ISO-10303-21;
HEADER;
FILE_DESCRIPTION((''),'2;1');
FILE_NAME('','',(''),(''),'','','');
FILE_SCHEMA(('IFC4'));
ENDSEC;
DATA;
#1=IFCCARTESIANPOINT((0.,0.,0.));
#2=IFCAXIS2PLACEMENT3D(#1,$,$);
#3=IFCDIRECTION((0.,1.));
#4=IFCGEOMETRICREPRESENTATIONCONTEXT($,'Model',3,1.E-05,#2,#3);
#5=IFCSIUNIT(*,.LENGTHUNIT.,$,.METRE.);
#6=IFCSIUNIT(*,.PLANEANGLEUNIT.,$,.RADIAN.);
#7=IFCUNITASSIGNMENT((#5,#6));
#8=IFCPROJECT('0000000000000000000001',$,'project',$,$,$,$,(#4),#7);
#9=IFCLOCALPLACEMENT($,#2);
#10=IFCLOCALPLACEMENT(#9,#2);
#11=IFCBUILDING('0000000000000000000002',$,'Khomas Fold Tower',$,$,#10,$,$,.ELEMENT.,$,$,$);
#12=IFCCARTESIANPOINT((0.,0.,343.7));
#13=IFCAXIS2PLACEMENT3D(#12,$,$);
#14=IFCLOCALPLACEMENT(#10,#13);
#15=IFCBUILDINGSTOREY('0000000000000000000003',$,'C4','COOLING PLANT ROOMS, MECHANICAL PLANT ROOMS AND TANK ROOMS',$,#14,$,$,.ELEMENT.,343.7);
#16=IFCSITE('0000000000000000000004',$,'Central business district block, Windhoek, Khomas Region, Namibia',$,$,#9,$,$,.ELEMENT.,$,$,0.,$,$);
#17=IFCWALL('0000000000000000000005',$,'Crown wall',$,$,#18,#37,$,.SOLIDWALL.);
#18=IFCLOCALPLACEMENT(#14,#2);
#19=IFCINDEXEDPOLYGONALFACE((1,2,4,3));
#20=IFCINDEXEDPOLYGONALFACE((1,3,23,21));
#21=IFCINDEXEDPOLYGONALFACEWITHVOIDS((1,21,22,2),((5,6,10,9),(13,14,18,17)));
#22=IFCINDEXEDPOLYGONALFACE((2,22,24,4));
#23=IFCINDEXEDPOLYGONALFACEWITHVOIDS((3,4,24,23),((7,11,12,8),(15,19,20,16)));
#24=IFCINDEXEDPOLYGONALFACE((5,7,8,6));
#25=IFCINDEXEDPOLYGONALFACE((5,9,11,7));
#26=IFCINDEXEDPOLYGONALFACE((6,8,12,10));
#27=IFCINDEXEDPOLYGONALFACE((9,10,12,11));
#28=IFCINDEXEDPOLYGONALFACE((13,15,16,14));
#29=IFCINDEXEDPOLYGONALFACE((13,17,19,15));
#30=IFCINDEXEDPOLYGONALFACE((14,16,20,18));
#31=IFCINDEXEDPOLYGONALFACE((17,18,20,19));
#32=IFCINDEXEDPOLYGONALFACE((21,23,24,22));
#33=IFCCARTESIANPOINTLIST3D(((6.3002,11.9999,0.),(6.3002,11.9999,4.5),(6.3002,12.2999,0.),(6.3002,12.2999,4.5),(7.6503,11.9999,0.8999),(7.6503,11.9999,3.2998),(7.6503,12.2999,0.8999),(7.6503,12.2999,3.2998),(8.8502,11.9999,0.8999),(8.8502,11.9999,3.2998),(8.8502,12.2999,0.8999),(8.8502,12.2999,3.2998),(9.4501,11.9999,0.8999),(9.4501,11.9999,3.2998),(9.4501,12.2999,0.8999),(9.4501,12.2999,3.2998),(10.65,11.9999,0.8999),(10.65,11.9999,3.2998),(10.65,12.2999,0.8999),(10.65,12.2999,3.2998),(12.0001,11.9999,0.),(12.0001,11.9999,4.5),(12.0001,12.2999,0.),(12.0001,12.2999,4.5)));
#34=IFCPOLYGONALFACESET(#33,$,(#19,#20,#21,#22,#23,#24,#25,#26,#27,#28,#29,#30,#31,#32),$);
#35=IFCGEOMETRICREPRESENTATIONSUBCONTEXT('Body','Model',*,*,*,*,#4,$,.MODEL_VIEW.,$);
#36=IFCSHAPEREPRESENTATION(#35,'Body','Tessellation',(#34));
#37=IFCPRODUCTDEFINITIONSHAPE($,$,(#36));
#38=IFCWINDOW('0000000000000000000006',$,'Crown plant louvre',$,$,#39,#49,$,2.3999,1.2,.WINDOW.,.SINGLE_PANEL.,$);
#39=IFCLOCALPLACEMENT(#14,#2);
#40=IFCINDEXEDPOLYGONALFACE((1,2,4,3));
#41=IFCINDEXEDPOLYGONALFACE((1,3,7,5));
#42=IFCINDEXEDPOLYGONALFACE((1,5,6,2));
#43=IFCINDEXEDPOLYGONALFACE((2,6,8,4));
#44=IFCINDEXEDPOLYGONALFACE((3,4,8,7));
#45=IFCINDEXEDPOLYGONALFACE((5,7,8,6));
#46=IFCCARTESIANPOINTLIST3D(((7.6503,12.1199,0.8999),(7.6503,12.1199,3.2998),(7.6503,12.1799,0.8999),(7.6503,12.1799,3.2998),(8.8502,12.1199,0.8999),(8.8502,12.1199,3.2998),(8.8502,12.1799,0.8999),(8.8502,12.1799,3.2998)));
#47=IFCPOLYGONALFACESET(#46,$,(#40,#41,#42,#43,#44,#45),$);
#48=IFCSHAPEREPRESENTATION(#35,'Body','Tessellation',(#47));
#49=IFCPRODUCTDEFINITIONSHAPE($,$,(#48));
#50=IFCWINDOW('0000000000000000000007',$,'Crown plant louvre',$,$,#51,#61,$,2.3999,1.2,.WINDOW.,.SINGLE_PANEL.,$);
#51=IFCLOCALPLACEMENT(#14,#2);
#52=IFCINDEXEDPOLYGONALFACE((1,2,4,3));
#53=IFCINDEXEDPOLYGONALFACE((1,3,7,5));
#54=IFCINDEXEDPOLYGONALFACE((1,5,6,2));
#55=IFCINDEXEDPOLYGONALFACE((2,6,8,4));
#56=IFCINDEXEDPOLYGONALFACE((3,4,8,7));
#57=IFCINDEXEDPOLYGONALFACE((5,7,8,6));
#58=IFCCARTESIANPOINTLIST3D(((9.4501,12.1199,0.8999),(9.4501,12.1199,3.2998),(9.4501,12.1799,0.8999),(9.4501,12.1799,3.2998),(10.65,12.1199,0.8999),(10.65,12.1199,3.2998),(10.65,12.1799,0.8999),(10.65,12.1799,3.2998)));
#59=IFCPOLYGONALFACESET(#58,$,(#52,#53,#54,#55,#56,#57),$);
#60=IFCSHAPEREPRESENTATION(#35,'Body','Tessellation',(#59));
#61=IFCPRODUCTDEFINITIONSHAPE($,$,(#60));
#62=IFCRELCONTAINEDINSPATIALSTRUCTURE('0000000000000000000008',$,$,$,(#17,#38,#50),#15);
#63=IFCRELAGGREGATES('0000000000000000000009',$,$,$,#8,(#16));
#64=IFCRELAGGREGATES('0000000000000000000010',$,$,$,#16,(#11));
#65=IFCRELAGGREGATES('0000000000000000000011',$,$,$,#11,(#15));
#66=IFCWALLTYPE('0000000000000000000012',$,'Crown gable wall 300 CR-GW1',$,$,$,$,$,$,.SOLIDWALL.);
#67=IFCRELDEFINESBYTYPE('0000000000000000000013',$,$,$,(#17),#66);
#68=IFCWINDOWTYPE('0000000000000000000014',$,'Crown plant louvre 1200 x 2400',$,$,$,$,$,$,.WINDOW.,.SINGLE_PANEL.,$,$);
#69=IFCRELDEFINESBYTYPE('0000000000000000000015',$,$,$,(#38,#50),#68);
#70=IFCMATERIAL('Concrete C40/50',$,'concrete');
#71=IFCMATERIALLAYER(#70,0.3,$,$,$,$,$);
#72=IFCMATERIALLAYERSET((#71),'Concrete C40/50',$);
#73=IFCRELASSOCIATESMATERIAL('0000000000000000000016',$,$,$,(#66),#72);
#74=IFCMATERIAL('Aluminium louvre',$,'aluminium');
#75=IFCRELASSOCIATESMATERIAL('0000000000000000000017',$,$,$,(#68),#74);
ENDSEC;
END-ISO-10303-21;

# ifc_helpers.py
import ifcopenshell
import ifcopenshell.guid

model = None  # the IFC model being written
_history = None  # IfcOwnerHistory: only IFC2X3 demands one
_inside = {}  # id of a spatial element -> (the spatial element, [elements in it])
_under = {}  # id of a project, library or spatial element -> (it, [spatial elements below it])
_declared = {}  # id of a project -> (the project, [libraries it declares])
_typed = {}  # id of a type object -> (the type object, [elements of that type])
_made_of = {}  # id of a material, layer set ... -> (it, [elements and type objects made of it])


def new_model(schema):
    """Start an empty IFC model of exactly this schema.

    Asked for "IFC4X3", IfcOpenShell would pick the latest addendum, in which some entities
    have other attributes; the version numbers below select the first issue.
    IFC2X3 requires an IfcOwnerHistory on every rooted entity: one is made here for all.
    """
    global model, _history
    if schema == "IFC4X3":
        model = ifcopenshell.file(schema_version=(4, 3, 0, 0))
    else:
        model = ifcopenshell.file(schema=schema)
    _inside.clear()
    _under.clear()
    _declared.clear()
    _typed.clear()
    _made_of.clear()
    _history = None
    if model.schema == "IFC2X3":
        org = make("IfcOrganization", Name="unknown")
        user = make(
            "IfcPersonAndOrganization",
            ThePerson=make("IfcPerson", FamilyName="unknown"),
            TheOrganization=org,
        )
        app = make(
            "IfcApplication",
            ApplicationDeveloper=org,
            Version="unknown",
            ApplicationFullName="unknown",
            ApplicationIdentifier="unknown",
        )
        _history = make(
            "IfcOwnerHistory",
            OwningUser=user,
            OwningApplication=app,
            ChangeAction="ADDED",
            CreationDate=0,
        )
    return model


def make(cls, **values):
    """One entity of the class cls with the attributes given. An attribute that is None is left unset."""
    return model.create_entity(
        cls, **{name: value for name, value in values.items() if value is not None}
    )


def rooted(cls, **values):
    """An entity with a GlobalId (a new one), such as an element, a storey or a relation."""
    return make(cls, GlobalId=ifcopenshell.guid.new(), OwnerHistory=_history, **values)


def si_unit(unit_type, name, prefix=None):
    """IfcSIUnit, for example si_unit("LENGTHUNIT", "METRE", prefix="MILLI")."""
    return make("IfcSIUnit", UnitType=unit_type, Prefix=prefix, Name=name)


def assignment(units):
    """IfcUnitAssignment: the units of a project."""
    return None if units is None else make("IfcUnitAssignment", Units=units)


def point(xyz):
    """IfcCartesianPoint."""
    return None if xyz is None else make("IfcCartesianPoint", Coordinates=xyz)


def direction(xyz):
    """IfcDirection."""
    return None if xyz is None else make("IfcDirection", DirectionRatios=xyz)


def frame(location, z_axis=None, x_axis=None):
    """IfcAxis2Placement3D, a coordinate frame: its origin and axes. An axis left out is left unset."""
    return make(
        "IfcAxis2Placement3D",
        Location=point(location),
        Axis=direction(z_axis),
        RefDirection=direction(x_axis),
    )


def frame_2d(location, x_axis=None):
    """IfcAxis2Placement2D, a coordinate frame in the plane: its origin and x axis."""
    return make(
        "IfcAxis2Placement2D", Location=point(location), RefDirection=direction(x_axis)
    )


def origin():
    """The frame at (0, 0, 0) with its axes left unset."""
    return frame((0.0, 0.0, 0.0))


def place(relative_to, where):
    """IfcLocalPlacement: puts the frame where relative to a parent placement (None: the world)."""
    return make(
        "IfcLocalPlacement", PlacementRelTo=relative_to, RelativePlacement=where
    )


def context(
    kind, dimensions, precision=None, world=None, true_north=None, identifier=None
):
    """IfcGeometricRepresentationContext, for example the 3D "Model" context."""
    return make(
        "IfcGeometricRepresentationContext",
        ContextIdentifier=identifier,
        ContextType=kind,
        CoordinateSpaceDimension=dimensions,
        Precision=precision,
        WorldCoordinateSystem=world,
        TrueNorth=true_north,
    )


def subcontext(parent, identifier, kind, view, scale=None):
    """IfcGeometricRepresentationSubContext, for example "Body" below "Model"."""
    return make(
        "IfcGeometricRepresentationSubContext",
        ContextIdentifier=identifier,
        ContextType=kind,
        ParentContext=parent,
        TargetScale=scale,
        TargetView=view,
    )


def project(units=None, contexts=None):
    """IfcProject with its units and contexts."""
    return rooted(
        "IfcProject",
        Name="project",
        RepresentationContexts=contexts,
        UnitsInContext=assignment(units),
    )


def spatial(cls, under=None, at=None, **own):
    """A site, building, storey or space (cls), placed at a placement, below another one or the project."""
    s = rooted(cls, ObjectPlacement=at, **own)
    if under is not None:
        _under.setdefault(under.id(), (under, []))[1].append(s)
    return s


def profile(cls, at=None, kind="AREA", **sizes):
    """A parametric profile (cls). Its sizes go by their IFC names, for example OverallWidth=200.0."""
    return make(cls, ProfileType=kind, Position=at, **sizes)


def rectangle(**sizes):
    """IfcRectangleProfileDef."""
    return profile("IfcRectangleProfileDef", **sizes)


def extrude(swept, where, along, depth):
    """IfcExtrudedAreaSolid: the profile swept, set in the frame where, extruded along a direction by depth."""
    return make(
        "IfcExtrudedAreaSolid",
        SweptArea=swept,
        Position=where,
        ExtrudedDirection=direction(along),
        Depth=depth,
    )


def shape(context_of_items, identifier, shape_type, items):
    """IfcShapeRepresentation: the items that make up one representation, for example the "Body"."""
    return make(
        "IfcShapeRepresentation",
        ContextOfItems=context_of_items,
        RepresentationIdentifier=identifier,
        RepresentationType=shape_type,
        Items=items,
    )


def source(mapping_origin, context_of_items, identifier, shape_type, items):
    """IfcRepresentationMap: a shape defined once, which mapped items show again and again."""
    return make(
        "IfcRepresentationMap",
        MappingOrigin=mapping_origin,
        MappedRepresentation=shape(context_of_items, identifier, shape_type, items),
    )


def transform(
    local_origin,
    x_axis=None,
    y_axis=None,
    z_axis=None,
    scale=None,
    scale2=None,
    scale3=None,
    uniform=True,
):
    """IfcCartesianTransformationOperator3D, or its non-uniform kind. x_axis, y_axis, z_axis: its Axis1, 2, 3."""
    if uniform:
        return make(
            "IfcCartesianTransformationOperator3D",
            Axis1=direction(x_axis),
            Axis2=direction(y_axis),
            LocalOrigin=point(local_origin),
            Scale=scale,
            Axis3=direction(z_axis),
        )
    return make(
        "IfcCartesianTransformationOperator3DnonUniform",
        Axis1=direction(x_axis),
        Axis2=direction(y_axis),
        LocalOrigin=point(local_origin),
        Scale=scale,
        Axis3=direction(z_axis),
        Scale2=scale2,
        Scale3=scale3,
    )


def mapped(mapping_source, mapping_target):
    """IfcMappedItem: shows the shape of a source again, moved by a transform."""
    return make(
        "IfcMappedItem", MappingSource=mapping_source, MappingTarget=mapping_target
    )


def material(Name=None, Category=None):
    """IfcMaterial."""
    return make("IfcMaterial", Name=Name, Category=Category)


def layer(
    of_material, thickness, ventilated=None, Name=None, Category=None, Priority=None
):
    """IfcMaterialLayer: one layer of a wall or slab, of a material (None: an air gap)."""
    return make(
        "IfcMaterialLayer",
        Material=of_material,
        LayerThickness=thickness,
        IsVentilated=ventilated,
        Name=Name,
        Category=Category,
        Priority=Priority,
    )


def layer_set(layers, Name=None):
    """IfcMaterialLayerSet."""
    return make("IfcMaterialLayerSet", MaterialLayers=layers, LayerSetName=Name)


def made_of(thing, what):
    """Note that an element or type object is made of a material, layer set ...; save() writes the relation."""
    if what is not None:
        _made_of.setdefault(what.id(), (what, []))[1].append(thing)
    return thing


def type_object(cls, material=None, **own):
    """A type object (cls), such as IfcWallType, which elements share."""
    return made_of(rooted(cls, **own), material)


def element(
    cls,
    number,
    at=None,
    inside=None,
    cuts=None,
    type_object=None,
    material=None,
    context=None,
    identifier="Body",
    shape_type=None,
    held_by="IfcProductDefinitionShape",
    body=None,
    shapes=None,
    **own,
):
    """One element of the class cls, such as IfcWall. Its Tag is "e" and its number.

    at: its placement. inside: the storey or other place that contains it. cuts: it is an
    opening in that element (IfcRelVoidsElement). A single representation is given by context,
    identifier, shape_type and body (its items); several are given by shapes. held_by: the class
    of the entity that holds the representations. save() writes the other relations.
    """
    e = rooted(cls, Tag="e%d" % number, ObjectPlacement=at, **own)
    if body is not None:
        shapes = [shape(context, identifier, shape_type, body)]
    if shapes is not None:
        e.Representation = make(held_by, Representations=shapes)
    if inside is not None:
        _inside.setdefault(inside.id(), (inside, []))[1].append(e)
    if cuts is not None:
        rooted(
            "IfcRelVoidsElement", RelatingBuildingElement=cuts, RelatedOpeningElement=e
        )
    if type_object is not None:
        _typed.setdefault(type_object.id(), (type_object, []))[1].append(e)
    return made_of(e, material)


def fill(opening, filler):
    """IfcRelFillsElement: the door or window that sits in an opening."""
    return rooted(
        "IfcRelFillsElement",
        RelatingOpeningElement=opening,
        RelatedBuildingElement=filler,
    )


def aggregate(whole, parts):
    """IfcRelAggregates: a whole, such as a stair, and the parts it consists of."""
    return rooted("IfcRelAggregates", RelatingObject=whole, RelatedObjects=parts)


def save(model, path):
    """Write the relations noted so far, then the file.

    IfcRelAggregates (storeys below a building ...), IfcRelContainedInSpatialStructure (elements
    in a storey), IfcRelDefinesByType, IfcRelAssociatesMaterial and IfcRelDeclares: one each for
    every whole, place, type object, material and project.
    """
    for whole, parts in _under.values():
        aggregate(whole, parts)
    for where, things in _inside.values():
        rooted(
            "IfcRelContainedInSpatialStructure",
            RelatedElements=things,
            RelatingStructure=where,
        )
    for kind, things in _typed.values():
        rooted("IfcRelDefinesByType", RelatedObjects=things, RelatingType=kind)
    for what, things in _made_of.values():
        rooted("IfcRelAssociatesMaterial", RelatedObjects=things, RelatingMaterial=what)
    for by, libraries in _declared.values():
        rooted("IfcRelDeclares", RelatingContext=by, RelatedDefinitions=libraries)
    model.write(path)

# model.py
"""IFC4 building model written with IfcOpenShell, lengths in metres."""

from ifc_helpers import new_model, si_unit, direction, frame, frame_2d, origin, place, context, subcontext, project, spatial, rectangle, extrude, source, transform, mapped, material, layer, layer_set, type_object, element, fill, save


model = new_model("IFC4")

# Units and contexts
model_context = context("Model", 3, precision=1e-05, world=origin(), true_north=direction((0.0, 1.0)))
body_context = subcontext(model_context, "Body", "Model", "MODEL_VIEW")
ifc_project = project(units=[si_unit("LENGTHUNIT", "METRE"), si_unit("PLANEANGLEUNIT", "RADIAN")], contexts=[model_context])

# Site, building, storey
site_placement = place(None, origin())
site = spatial("IfcSite", under=ifc_project, at=site_placement, Name="Central business district block, Windhoek, Khomas Region, Namibia", CompositionType="ELEMENT", RefElevation=0.0)
building_placement = place(site_placement, origin())
building = spatial("IfcBuilding", under=site, at=building_placement, Name="Khomas Fold Tower", CompositionType="ELEMENT")
storey_placement = place(building_placement, frame((0.0, 0.0, 343.7)))
storey = spatial("IfcBuildingStorey", under=building, at=storey_placement, Name="C4", Description="COOLING PLANT ROOMS, MECHANICAL PLANT ROOMS AND TANK ROOMS", CompositionType="ELEMENT", Elevation=343.7)

# Wall, openings, windows
ifc_material_1 = material(Name="Concrete C40/50", Category="concrete")
ifc_layer_1 = layer(ifc_material_1, 0.3)
ifc_layer_set_1 = layer_set([ifc_layer_1], Name="Concrete C40/50")
wall_type = type_object("IfcWallType", Name="Crown gable wall 300 CR-GW1", PredefinedType="SOLIDWALL", material=ifc_layer_set_1)
shared_shape_1 = source(origin(), body_context, "Body", "SweptSolid", [
    extrude(rectangle(XDim=5.7, YDim=0.3, at=frame_2d((2.8501, 0.0))), origin(), (0.0, 0.0, 1.0), 4.5),
])
wall_placement = place(storey_placement, frame((6.3, 12.1499, 0.0), z_axis=(0.0, 0.0, 1.0), x_axis=(1.0, 0.0, 0.0)))
wall = element("IfcWall", 1, at=wall_placement, inside=storey, type_object=wall_type, Name="Crown wall", PredefinedType="SOLIDWALL", context=body_context, shape_type="MappedRepresentation", body=[
    mapped(shared_shape_1, transform((0.0, 0.0, 0.0))),
])
shared_shape_2 = source(origin(), body_context, "Body", "SweptSolid", [
    extrude(rectangle(XDim=1.2, YDim=2.3999, at=frame_2d((0.6001, 1.2))), frame((0.0, 0.1599, 0.0), z_axis=(0.0, -1.0, 0.0), x_axis=(1.0, 0.0, 0.0)), (0.0, 0.0, 1.0), 0.3201),
])
opening_1_placement = place(wall_placement, frame((1.3501, 0.0, 0.8999)))
opening_1 = element("IfcOpeningElement", 2, at=opening_1_placement, cuts=wall, PredefinedType="OPENING", context=body_context, shape_type="MappedRepresentation", body=[
    mapped(shared_shape_2, transform((0.0, 0.0, 0.0))),
])
opening_2_placement = place(wall_placement, frame((3.1499, 0.0, 0.8999)))
opening_2 = element("IfcOpeningElement", 3, at=opening_2_placement, cuts=wall, PredefinedType="OPENING", context=body_context, shape_type="MappedRepresentation", body=[
    mapped(shared_shape_2, transform((0.0, 0.0, 0.0))),
])
ifc_material_2 = material(Name="Aluminium louvre", Category="aluminium")
window_type = type_object("IfcWindowType", Name="Crown plant louvre 1200 x 2400", PartitioningType="SINGLE_PANEL", PredefinedType="WINDOW", material=ifc_material_2)
shared_shape_3 = source(origin(), body_context, "Body", "SweptSolid", [
    extrude(rectangle(XDim=1.2, YDim=2.3999, at=frame_2d((0.6001, 1.2))), frame((0.0, 0.03, 0.0), z_axis=(0.0, -1.0, 0.0), x_axis=(1.0, 0.0, 0.0)), (0.0, 0.0, 1.0), 0.0601),
])
window_1_placement = place(opening_1_placement, origin())
window_1 = element("IfcWindow", 4, at=window_1_placement, inside=storey, type_object=window_type, Name="Crown plant louvre", OverallHeight=2.3999, OverallWidth=1.2, PartitioningType="SINGLE_PANEL", PredefinedType="WINDOW", context=body_context, shape_type="MappedRepresentation", body=[
    mapped(shared_shape_3, transform((0.0, 0.0, 0.0))),
])
fill(opening_1, window_1)
window_2_placement = place(opening_2_placement, origin())
window_2 = element("IfcWindow", 5, at=window_2_placement, inside=storey, type_object=window_type, Name="Crown plant louvre", OverallHeight=2.3999, OverallWidth=1.2, PartitioningType="SINGLE_PANEL", PredefinedType="WINDOW", context=body_context, shape_type="MappedRepresentation", body=[
    mapped(shared_shape_3, transform((0.0, 0.0, 0.0))),
])
fill(opening_2, window_2)

save(model, "model.ifc")
